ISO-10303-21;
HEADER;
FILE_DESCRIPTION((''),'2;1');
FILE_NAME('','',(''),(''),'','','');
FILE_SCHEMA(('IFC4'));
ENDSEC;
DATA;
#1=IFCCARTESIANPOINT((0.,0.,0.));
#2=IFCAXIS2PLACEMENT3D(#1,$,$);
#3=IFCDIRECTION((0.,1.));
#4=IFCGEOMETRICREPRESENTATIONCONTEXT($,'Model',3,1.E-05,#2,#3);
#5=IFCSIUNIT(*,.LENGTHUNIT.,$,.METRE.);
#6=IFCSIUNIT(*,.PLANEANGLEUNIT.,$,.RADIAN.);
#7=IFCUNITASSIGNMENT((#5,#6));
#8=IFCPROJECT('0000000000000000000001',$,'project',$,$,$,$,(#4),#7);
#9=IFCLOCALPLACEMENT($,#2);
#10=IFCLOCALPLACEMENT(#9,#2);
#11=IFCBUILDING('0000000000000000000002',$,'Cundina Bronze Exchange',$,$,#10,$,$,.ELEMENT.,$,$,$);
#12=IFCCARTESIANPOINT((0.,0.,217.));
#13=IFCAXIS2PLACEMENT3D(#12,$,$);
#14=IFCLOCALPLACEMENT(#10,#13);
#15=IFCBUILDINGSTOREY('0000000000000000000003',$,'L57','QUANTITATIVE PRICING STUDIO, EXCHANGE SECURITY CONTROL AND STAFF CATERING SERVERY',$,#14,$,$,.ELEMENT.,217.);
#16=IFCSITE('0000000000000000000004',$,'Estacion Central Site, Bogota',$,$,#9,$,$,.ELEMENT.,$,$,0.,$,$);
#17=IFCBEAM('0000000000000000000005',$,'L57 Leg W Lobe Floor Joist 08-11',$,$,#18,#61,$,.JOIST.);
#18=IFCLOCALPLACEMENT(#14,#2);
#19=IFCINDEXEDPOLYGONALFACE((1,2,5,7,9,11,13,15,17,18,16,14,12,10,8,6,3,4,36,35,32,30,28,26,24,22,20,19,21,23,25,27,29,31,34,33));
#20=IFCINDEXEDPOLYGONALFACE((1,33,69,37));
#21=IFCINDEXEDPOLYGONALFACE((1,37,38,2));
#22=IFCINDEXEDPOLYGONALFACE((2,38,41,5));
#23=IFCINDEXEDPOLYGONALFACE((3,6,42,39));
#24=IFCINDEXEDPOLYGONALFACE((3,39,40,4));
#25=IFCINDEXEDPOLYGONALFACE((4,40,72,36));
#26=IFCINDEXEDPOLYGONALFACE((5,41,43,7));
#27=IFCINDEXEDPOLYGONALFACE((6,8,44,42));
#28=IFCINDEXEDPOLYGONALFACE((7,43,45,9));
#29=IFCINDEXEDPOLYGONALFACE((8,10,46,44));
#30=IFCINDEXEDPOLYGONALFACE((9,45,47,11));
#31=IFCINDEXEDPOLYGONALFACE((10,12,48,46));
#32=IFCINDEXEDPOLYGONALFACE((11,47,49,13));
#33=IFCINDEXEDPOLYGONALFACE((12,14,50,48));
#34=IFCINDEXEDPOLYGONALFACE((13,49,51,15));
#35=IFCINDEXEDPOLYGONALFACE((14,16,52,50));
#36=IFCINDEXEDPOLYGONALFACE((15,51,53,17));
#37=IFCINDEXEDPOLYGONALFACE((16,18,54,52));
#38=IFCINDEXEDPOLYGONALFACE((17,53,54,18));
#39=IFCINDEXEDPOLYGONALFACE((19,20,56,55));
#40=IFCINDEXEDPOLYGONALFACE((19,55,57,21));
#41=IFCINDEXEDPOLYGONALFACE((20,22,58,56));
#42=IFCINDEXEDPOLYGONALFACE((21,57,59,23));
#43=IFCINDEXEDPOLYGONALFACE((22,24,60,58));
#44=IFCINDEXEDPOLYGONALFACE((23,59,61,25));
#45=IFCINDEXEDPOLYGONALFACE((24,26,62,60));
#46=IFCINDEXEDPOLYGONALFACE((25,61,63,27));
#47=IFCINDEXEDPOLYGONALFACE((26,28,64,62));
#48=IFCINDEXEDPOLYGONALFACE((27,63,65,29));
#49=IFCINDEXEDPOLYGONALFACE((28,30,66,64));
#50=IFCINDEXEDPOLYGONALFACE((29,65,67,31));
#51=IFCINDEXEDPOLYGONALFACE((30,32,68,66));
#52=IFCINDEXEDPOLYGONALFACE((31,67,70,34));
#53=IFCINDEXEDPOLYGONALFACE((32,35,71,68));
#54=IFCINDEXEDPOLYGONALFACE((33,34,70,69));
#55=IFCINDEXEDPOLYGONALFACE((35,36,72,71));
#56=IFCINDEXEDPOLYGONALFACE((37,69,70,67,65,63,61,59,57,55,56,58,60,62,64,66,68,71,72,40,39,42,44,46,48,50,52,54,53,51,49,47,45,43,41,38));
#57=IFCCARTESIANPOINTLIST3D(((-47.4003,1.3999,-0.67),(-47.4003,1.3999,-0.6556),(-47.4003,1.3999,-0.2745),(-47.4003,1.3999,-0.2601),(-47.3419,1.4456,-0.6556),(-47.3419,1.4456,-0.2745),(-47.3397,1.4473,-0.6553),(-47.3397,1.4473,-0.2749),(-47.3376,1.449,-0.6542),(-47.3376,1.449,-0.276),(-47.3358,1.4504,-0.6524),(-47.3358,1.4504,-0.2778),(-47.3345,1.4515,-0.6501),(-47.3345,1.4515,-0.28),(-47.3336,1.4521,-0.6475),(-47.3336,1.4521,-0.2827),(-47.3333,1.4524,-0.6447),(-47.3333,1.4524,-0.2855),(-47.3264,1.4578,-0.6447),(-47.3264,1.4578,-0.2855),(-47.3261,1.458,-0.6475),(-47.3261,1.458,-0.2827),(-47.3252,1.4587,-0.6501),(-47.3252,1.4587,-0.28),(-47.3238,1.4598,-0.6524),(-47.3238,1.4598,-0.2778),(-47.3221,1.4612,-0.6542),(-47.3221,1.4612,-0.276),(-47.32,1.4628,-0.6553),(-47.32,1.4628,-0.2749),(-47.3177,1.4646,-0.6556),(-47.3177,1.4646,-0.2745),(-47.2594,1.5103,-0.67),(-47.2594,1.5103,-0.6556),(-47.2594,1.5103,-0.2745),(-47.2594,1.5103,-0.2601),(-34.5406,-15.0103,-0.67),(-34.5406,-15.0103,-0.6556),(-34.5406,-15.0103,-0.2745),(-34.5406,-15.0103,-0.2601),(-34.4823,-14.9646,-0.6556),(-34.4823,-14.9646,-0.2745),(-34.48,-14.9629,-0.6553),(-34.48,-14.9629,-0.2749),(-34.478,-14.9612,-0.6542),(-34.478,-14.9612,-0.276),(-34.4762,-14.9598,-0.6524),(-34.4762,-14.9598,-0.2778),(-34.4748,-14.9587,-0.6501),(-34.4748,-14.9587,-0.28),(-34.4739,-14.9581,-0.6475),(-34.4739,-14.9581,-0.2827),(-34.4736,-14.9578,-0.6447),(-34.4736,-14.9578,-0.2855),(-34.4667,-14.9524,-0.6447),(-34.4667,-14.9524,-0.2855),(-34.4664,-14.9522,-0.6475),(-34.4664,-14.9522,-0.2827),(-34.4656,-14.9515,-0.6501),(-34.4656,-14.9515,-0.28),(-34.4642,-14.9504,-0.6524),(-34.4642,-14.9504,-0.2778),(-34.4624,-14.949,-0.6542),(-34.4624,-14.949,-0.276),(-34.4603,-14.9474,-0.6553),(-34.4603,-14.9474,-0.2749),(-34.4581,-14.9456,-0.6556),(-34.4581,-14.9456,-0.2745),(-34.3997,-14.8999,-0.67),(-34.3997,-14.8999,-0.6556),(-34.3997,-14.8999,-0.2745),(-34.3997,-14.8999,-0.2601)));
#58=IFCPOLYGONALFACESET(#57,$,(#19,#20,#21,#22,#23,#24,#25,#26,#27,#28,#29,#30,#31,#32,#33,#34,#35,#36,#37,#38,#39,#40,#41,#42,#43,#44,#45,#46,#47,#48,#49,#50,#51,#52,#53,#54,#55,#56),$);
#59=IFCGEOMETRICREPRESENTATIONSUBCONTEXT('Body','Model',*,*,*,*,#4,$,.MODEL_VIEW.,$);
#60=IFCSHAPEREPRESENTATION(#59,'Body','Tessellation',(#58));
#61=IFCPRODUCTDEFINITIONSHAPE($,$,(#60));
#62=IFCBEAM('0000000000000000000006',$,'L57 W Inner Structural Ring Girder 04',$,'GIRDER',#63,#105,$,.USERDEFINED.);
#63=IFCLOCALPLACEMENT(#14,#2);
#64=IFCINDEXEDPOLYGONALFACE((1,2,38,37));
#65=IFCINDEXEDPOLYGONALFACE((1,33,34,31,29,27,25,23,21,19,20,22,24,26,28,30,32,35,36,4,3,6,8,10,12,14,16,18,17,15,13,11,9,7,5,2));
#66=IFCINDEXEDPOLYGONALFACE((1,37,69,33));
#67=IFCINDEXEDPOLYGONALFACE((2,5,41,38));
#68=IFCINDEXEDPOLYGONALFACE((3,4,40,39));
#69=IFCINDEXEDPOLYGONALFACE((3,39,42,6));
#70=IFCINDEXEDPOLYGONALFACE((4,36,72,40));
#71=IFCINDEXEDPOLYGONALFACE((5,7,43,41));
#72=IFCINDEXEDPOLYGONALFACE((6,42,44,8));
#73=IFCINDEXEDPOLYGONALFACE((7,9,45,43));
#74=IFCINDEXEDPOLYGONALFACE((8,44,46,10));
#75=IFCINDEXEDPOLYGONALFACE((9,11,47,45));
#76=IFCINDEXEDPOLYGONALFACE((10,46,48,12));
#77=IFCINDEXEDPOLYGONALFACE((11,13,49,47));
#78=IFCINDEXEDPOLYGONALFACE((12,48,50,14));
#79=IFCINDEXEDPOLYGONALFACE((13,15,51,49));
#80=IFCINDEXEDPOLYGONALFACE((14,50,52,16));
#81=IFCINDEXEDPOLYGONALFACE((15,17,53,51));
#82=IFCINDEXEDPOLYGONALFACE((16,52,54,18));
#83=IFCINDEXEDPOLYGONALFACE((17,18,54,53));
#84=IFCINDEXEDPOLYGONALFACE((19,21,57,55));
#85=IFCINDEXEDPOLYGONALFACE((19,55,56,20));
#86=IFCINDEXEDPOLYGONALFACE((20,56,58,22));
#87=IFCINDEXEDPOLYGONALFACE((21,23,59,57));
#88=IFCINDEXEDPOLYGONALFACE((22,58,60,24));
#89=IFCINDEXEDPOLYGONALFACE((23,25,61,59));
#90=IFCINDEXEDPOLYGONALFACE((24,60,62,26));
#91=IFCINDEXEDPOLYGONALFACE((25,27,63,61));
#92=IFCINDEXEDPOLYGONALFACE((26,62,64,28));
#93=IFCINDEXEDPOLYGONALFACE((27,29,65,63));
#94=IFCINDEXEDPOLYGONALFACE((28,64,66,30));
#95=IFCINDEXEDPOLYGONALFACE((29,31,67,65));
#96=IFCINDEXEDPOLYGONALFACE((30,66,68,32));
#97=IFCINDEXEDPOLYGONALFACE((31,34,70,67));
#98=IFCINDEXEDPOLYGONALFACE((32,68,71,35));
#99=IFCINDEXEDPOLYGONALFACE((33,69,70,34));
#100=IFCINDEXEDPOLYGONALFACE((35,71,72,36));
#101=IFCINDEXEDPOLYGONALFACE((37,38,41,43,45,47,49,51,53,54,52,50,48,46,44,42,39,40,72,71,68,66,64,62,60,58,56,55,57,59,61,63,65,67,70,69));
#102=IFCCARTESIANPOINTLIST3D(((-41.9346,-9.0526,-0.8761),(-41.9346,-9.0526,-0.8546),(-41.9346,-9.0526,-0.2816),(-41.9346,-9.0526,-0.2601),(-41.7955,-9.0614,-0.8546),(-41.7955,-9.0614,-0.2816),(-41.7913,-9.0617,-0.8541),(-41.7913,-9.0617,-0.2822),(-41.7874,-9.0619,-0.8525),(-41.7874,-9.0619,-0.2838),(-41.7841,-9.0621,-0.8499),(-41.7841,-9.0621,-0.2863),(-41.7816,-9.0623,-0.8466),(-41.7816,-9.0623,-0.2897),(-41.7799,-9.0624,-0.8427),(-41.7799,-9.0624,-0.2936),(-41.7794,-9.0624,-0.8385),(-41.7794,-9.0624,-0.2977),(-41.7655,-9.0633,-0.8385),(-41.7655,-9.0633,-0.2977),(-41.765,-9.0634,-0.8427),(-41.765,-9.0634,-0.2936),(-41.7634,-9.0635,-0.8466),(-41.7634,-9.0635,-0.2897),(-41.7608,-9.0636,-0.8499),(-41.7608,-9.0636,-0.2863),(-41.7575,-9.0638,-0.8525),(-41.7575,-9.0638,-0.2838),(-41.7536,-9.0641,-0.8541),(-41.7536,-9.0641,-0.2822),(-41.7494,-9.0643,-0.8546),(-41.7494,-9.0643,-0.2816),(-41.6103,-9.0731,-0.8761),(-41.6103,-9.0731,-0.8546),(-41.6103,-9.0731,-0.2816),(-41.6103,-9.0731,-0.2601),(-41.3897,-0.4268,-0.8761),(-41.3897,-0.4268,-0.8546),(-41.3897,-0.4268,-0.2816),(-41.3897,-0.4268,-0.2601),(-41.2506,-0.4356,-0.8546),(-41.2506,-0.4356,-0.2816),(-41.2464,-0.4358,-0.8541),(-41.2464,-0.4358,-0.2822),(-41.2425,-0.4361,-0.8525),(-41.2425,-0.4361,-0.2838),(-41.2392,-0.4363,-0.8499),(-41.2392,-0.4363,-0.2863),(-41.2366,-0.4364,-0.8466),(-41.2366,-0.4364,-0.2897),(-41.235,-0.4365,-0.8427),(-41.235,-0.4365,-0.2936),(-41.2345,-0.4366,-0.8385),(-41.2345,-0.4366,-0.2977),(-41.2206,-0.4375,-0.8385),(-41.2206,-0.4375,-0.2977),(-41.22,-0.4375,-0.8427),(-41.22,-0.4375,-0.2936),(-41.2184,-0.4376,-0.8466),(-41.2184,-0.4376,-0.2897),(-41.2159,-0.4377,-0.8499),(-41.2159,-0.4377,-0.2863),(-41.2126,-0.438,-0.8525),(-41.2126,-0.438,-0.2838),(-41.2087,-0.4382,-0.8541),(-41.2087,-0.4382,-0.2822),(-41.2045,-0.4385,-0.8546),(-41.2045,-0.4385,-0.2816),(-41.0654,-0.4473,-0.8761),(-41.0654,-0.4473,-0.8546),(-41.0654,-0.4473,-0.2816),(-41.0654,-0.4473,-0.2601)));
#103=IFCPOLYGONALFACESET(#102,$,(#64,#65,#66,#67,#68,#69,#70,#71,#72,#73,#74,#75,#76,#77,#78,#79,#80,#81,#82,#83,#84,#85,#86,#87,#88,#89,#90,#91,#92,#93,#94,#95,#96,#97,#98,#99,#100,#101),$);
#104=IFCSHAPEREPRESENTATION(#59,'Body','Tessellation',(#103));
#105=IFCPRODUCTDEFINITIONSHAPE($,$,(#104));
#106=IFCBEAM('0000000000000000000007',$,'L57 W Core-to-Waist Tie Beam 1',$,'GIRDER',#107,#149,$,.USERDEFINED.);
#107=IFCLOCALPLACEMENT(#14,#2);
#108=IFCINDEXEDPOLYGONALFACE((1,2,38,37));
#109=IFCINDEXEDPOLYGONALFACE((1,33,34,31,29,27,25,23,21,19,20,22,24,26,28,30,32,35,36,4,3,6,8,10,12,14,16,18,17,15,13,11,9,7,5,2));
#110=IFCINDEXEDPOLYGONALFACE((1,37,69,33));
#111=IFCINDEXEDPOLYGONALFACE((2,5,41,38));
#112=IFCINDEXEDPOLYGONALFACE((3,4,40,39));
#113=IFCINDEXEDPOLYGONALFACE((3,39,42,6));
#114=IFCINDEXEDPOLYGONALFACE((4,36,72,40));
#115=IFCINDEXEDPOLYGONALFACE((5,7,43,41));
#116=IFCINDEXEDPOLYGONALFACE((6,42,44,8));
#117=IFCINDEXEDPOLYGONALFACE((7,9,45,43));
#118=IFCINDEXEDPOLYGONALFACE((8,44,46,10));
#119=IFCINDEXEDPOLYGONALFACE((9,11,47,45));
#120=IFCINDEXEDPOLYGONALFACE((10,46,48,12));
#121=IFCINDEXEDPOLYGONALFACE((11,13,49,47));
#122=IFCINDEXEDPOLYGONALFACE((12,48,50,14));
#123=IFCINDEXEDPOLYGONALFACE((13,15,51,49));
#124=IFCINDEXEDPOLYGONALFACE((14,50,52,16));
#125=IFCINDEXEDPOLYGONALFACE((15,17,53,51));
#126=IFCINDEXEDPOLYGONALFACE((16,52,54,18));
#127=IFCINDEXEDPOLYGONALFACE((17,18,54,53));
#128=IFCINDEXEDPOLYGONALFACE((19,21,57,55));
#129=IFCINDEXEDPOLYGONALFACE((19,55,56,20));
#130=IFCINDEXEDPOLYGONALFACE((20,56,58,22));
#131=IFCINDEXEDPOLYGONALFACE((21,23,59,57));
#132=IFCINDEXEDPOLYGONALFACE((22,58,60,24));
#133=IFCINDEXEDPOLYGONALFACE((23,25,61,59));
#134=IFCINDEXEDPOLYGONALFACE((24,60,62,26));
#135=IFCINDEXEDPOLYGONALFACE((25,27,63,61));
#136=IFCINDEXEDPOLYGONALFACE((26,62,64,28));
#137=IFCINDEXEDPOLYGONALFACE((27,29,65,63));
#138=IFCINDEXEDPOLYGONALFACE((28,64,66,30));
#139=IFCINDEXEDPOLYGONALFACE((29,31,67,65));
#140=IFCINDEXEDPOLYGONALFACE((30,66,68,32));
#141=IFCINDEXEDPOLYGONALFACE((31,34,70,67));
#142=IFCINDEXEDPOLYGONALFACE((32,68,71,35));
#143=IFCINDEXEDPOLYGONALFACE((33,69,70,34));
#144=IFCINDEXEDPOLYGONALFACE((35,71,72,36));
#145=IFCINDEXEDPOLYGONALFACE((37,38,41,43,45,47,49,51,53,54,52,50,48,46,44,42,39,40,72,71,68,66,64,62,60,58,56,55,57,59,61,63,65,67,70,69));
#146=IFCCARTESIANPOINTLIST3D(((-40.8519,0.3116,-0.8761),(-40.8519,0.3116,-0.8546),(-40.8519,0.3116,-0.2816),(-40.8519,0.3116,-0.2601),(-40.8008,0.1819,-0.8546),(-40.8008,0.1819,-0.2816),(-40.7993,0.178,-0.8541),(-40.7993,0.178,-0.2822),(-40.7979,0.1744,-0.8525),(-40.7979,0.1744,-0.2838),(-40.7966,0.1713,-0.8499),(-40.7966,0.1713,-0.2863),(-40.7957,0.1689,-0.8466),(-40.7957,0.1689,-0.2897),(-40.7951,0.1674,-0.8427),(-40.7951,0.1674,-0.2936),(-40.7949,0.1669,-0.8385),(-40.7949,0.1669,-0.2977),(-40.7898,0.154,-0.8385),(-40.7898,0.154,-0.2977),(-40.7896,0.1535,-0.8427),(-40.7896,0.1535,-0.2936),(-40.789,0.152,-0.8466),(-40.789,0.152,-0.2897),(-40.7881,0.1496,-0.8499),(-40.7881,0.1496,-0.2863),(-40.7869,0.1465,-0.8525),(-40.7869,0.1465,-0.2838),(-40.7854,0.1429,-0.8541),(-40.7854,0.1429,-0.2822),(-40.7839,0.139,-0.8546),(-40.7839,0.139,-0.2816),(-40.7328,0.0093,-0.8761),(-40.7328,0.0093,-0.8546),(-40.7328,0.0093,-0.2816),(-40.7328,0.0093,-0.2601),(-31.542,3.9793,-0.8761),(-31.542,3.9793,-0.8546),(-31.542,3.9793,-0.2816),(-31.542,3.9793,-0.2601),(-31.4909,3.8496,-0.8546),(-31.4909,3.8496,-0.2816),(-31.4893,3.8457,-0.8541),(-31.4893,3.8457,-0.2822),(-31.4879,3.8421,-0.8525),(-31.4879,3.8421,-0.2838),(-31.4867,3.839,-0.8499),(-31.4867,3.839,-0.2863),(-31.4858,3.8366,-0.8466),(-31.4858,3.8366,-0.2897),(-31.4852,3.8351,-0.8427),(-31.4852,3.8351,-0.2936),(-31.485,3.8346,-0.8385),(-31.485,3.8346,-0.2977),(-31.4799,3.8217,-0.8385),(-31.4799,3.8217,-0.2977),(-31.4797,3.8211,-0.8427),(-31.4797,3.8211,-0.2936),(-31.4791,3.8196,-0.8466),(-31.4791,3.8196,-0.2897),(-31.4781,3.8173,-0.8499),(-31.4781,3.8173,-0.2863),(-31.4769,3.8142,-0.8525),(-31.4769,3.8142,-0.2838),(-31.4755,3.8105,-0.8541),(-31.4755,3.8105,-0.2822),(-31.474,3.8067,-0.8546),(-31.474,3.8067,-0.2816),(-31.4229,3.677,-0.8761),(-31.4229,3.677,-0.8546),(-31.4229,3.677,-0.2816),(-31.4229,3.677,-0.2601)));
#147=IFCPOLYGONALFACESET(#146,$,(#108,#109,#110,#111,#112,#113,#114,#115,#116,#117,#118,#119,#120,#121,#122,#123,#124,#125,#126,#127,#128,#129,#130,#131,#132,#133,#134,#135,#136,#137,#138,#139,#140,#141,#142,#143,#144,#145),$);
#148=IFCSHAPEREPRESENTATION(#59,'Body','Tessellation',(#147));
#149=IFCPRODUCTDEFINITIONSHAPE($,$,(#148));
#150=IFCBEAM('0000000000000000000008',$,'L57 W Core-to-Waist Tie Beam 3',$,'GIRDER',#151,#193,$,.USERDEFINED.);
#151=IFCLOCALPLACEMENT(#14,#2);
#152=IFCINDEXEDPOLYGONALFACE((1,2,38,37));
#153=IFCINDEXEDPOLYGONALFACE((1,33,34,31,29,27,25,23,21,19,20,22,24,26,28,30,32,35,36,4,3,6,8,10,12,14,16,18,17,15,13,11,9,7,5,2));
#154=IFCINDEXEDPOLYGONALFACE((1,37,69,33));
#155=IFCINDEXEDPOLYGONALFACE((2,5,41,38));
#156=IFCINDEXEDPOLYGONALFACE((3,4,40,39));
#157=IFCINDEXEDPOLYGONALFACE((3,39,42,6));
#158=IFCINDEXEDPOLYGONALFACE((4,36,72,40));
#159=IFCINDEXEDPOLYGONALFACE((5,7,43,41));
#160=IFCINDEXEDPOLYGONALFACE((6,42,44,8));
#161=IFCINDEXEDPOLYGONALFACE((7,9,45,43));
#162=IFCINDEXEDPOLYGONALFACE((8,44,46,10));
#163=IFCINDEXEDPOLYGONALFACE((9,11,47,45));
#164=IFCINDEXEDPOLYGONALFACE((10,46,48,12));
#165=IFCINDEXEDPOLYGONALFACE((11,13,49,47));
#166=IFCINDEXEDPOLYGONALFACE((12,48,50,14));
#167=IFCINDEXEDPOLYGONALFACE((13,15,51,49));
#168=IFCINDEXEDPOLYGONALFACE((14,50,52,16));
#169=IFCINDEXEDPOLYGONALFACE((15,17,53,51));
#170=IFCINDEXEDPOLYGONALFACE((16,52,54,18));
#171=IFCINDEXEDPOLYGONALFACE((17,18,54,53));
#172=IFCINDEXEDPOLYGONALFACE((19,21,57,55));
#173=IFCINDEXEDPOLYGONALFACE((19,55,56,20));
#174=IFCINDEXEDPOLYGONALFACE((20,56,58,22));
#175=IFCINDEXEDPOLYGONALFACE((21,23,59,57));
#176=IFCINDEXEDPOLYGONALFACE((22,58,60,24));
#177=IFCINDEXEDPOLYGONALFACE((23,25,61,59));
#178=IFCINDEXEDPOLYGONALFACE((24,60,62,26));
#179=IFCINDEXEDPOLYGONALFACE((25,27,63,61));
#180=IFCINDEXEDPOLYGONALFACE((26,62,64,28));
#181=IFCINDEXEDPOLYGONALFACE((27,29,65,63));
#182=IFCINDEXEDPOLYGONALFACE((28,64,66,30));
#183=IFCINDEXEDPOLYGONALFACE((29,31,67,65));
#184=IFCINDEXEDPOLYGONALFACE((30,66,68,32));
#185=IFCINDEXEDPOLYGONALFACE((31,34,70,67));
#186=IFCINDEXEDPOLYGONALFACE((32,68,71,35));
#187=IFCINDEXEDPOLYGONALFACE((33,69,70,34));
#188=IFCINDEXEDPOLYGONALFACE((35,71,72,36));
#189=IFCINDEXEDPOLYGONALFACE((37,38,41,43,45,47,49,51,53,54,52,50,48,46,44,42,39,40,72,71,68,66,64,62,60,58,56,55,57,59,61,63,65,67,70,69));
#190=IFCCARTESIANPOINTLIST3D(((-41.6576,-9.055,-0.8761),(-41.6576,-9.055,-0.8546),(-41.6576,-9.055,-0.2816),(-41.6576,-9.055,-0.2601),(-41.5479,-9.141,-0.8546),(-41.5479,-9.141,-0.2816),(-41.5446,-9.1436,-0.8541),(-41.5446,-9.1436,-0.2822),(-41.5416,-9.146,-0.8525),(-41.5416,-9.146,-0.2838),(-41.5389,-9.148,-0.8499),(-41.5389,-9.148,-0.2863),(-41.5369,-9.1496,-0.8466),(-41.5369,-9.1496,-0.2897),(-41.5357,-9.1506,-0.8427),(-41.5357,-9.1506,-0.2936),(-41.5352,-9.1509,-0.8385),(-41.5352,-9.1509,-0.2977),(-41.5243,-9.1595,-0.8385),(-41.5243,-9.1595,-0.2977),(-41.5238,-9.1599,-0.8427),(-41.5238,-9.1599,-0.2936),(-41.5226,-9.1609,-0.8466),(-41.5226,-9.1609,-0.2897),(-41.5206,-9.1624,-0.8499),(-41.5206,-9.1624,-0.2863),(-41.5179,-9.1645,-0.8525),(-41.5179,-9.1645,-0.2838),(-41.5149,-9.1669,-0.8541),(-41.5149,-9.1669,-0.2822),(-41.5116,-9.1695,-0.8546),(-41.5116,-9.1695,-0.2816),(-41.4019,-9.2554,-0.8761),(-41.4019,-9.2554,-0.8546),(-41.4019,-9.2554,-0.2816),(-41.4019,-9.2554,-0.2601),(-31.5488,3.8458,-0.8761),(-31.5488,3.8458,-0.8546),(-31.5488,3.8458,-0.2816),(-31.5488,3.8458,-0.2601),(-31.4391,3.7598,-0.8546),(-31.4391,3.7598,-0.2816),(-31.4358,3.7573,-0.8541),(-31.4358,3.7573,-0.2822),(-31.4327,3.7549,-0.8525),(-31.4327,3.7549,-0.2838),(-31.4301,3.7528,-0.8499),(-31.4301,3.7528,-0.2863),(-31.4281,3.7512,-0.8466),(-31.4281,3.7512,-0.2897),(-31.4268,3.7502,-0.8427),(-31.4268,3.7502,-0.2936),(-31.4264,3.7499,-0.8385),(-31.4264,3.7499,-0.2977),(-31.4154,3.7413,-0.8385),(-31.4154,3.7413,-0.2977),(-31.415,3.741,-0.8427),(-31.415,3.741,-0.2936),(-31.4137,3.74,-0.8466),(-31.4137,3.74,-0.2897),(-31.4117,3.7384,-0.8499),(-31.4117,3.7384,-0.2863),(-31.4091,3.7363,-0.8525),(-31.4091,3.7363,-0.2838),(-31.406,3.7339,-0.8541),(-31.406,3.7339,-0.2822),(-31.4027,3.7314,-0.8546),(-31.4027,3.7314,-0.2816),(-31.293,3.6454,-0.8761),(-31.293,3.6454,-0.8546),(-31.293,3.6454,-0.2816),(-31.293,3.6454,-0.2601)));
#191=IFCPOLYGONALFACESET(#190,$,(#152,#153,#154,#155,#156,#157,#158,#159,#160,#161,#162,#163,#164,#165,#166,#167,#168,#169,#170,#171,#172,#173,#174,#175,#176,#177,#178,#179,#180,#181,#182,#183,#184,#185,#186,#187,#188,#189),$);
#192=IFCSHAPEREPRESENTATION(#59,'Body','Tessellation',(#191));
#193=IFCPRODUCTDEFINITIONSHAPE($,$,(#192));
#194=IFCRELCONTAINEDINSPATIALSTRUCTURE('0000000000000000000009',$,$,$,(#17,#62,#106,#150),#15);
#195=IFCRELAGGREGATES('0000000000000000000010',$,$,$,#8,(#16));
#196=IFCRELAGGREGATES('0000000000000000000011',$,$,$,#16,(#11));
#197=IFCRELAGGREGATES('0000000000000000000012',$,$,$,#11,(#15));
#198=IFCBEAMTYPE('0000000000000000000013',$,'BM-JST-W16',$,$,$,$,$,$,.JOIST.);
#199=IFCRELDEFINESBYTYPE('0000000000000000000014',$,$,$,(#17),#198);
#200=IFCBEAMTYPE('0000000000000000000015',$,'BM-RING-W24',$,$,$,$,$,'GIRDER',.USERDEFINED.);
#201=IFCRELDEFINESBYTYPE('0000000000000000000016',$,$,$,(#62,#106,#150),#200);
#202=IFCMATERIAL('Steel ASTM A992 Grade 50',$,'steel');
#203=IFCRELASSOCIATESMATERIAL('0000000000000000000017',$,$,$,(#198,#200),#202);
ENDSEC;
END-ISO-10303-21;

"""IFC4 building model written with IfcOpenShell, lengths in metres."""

from ifc_helpers import new_model, si_unit, direction, frame, origin, origin_2d, place, context, subcontext, project, spatial, i_section, extrude, material, material_profile, profile_set, type_object, element, save


model = new_model("IFC4")

# Units and contexts
model_context = context("Model", 3, precision=1e-05, world=origin(), true_north=direction((0.0, 1.0)))
body_context = subcontext(model_context, "Body", "Model", "MODEL_VIEW")
ifc_project = project(units=[si_unit("LENGTHUNIT", "METRE"), si_unit("PLANEANGLEUNIT", "RADIAN")], contexts=[model_context])

# Site, building, storey
site_placement = place(None, origin())
site = spatial("IfcSite", under=ifc_project, at=site_placement, Name="Estacion Central Site, Bogota", CompositionType="ELEMENT", RefElevation=0.0)
building_placement = place(site_placement, origin())
building = spatial("IfcBuilding", under=site, at=building_placement, Name="Cundina Bronze Exchange", CompositionType="ELEMENT")
storey_placement = place(building_placement, frame((0.0, 0.0, 217.0)))
storey = spatial("IfcBuildingStorey", under=building, at=storey_placement, Name="L57", Description="QUANTITATIVE PRICING STUDIO, EXCHANGE SECURITY CONTROL AND STAFF CATERING SERVERY", CompositionType="ELEMENT", Elevation=217.0)

# Shared definitions
ifc_material_1 = material(Name="Steel ASTM A992 Grade 50", Category="steel")

# Beams
ifc_material_profile_1 = material_profile(ifc_material_1, i_section(OverallWidth=0.179, OverallDepth=0.4099, WebThickness=0.0088, FlangeThickness=0.0144, FilletRadius=0.011, at=origin_2d()), Name="W16X45", Category="steel")
ifc_profile_set_1 = profile_set([ifc_material_profile_1], Name="Steel ASTM A992 Grade 50")
beam_type_1 = type_object("IfcBeamType", Name="BM-JST-W16", PredefinedType="JOIST", material=ifc_profile_set_1)
beam_1_placement = place(storey_placement, frame((-47.3298, 1.4551, -0.4651), z_axis=(0.61681, -0.787112, 0.0), x_axis=(0.787112, 0.61681, 0.0)))
element("IfcBeam", 1, at=beam_1_placement, inside=storey, type_object=beam_type_1, Name="L57 Leg W Lobe Floor Joist 08-11", PredefinedType="JOIST", context=body_context, shape_type="SweptSolid", body=[
    extrude(i_section(OverallWidth=0.179, OverallDepth=0.4099, WebThickness=0.0088, FlangeThickness=0.0144, FilletRadius=0.011, at=origin_2d()), origin(), (0.0, 0.0, 1.0), 20.8486),
])
ifc_material_profile_2 = material_profile(ifc_material_1, i_section(OverallWidth=0.325, OverallDepth=0.616, WebThickness=0.0139, FlangeThickness=0.0215, FilletRadius=0.0161, at=origin_2d()), Name="W24X117", Category="steel")
ifc_profile_set_2 = profile_set([ifc_material_profile_2], Name="Steel ASTM A992 Grade 50")
beam_type_2 = type_object("IfcBeamType", Name="BM-RING-W24", ElementType="GIRDER", PredefinedType="USERDEFINED", material=ifc_profile_set_2)
beam_2_placement = place(storey_placement, frame((-41.2275, -0.437, -0.5681), z_axis=(-0.063047, -0.998011, 0.0), x_axis=(0.998011, -0.063047, 0.0)))
element("IfcBeam", 2, at=beam_2_placement, inside=storey, type_object=beam_type_2, Name="L57 W Inner Structural Ring Girder 04", ObjectType="GIRDER", PredefinedType="USERDEFINED", context=body_context, shape_type="SweptSolid", body=[
    extrude(i_section(OverallWidth=0.325, OverallDepth=0.616, WebThickness=0.0139, FlangeThickness=0.0215, FilletRadius=0.0161, at=origin_2d()), origin(), (0.0, 0.0, 1.0), 8.6431),
])
beam_3_placement = place(storey_placement, frame((-31.4824, 3.8281, -0.5681), z_axis=(-0.930404, -0.366535, 0.0), x_axis=(0.366535, -0.930404, 0.0)))
element("IfcBeam", 3, at=beam_3_placement, inside=storey, type_object=beam_type_2, Name="L57 W Core-to-Waist Tie Beam 1", ObjectType="GIRDER", PredefinedType="USERDEFINED", context=body_context, shape_type="SweptSolid", body=[
    extrude(i_section(OverallWidth=0.325, OverallDepth=0.616, WebThickness=0.0139, FlangeThickness=0.0215, FilletRadius=0.0161, at=origin_2d()), origin(), (0.0, 0.0, 1.0), 10.0063),
])
beam_4_placement = place(storey_placement, frame((-31.4209, 3.7456, -0.5681), z_axis=(-0.616783, -0.787133, 0.0), x_axis=(0.787133, -0.616783, 0.0)))
element("IfcBeam", 4, at=beam_4_placement, inside=storey, type_object=beam_type_2, Name="L57 W Core-to-Waist Tie Beam 3", ObjectType="GIRDER", PredefinedType="USERDEFINED", context=body_context, shape_type="SweptSolid", body=[
    extrude(i_section(OverallWidth=0.325, OverallDepth=0.616, WebThickness=0.0139, FlangeThickness=0.0215, FilletRadius=0.0161, at=origin_2d()), origin(), (0.0, 0.0, 1.0), 16.3896),
])

save(model, "model.ifc")
